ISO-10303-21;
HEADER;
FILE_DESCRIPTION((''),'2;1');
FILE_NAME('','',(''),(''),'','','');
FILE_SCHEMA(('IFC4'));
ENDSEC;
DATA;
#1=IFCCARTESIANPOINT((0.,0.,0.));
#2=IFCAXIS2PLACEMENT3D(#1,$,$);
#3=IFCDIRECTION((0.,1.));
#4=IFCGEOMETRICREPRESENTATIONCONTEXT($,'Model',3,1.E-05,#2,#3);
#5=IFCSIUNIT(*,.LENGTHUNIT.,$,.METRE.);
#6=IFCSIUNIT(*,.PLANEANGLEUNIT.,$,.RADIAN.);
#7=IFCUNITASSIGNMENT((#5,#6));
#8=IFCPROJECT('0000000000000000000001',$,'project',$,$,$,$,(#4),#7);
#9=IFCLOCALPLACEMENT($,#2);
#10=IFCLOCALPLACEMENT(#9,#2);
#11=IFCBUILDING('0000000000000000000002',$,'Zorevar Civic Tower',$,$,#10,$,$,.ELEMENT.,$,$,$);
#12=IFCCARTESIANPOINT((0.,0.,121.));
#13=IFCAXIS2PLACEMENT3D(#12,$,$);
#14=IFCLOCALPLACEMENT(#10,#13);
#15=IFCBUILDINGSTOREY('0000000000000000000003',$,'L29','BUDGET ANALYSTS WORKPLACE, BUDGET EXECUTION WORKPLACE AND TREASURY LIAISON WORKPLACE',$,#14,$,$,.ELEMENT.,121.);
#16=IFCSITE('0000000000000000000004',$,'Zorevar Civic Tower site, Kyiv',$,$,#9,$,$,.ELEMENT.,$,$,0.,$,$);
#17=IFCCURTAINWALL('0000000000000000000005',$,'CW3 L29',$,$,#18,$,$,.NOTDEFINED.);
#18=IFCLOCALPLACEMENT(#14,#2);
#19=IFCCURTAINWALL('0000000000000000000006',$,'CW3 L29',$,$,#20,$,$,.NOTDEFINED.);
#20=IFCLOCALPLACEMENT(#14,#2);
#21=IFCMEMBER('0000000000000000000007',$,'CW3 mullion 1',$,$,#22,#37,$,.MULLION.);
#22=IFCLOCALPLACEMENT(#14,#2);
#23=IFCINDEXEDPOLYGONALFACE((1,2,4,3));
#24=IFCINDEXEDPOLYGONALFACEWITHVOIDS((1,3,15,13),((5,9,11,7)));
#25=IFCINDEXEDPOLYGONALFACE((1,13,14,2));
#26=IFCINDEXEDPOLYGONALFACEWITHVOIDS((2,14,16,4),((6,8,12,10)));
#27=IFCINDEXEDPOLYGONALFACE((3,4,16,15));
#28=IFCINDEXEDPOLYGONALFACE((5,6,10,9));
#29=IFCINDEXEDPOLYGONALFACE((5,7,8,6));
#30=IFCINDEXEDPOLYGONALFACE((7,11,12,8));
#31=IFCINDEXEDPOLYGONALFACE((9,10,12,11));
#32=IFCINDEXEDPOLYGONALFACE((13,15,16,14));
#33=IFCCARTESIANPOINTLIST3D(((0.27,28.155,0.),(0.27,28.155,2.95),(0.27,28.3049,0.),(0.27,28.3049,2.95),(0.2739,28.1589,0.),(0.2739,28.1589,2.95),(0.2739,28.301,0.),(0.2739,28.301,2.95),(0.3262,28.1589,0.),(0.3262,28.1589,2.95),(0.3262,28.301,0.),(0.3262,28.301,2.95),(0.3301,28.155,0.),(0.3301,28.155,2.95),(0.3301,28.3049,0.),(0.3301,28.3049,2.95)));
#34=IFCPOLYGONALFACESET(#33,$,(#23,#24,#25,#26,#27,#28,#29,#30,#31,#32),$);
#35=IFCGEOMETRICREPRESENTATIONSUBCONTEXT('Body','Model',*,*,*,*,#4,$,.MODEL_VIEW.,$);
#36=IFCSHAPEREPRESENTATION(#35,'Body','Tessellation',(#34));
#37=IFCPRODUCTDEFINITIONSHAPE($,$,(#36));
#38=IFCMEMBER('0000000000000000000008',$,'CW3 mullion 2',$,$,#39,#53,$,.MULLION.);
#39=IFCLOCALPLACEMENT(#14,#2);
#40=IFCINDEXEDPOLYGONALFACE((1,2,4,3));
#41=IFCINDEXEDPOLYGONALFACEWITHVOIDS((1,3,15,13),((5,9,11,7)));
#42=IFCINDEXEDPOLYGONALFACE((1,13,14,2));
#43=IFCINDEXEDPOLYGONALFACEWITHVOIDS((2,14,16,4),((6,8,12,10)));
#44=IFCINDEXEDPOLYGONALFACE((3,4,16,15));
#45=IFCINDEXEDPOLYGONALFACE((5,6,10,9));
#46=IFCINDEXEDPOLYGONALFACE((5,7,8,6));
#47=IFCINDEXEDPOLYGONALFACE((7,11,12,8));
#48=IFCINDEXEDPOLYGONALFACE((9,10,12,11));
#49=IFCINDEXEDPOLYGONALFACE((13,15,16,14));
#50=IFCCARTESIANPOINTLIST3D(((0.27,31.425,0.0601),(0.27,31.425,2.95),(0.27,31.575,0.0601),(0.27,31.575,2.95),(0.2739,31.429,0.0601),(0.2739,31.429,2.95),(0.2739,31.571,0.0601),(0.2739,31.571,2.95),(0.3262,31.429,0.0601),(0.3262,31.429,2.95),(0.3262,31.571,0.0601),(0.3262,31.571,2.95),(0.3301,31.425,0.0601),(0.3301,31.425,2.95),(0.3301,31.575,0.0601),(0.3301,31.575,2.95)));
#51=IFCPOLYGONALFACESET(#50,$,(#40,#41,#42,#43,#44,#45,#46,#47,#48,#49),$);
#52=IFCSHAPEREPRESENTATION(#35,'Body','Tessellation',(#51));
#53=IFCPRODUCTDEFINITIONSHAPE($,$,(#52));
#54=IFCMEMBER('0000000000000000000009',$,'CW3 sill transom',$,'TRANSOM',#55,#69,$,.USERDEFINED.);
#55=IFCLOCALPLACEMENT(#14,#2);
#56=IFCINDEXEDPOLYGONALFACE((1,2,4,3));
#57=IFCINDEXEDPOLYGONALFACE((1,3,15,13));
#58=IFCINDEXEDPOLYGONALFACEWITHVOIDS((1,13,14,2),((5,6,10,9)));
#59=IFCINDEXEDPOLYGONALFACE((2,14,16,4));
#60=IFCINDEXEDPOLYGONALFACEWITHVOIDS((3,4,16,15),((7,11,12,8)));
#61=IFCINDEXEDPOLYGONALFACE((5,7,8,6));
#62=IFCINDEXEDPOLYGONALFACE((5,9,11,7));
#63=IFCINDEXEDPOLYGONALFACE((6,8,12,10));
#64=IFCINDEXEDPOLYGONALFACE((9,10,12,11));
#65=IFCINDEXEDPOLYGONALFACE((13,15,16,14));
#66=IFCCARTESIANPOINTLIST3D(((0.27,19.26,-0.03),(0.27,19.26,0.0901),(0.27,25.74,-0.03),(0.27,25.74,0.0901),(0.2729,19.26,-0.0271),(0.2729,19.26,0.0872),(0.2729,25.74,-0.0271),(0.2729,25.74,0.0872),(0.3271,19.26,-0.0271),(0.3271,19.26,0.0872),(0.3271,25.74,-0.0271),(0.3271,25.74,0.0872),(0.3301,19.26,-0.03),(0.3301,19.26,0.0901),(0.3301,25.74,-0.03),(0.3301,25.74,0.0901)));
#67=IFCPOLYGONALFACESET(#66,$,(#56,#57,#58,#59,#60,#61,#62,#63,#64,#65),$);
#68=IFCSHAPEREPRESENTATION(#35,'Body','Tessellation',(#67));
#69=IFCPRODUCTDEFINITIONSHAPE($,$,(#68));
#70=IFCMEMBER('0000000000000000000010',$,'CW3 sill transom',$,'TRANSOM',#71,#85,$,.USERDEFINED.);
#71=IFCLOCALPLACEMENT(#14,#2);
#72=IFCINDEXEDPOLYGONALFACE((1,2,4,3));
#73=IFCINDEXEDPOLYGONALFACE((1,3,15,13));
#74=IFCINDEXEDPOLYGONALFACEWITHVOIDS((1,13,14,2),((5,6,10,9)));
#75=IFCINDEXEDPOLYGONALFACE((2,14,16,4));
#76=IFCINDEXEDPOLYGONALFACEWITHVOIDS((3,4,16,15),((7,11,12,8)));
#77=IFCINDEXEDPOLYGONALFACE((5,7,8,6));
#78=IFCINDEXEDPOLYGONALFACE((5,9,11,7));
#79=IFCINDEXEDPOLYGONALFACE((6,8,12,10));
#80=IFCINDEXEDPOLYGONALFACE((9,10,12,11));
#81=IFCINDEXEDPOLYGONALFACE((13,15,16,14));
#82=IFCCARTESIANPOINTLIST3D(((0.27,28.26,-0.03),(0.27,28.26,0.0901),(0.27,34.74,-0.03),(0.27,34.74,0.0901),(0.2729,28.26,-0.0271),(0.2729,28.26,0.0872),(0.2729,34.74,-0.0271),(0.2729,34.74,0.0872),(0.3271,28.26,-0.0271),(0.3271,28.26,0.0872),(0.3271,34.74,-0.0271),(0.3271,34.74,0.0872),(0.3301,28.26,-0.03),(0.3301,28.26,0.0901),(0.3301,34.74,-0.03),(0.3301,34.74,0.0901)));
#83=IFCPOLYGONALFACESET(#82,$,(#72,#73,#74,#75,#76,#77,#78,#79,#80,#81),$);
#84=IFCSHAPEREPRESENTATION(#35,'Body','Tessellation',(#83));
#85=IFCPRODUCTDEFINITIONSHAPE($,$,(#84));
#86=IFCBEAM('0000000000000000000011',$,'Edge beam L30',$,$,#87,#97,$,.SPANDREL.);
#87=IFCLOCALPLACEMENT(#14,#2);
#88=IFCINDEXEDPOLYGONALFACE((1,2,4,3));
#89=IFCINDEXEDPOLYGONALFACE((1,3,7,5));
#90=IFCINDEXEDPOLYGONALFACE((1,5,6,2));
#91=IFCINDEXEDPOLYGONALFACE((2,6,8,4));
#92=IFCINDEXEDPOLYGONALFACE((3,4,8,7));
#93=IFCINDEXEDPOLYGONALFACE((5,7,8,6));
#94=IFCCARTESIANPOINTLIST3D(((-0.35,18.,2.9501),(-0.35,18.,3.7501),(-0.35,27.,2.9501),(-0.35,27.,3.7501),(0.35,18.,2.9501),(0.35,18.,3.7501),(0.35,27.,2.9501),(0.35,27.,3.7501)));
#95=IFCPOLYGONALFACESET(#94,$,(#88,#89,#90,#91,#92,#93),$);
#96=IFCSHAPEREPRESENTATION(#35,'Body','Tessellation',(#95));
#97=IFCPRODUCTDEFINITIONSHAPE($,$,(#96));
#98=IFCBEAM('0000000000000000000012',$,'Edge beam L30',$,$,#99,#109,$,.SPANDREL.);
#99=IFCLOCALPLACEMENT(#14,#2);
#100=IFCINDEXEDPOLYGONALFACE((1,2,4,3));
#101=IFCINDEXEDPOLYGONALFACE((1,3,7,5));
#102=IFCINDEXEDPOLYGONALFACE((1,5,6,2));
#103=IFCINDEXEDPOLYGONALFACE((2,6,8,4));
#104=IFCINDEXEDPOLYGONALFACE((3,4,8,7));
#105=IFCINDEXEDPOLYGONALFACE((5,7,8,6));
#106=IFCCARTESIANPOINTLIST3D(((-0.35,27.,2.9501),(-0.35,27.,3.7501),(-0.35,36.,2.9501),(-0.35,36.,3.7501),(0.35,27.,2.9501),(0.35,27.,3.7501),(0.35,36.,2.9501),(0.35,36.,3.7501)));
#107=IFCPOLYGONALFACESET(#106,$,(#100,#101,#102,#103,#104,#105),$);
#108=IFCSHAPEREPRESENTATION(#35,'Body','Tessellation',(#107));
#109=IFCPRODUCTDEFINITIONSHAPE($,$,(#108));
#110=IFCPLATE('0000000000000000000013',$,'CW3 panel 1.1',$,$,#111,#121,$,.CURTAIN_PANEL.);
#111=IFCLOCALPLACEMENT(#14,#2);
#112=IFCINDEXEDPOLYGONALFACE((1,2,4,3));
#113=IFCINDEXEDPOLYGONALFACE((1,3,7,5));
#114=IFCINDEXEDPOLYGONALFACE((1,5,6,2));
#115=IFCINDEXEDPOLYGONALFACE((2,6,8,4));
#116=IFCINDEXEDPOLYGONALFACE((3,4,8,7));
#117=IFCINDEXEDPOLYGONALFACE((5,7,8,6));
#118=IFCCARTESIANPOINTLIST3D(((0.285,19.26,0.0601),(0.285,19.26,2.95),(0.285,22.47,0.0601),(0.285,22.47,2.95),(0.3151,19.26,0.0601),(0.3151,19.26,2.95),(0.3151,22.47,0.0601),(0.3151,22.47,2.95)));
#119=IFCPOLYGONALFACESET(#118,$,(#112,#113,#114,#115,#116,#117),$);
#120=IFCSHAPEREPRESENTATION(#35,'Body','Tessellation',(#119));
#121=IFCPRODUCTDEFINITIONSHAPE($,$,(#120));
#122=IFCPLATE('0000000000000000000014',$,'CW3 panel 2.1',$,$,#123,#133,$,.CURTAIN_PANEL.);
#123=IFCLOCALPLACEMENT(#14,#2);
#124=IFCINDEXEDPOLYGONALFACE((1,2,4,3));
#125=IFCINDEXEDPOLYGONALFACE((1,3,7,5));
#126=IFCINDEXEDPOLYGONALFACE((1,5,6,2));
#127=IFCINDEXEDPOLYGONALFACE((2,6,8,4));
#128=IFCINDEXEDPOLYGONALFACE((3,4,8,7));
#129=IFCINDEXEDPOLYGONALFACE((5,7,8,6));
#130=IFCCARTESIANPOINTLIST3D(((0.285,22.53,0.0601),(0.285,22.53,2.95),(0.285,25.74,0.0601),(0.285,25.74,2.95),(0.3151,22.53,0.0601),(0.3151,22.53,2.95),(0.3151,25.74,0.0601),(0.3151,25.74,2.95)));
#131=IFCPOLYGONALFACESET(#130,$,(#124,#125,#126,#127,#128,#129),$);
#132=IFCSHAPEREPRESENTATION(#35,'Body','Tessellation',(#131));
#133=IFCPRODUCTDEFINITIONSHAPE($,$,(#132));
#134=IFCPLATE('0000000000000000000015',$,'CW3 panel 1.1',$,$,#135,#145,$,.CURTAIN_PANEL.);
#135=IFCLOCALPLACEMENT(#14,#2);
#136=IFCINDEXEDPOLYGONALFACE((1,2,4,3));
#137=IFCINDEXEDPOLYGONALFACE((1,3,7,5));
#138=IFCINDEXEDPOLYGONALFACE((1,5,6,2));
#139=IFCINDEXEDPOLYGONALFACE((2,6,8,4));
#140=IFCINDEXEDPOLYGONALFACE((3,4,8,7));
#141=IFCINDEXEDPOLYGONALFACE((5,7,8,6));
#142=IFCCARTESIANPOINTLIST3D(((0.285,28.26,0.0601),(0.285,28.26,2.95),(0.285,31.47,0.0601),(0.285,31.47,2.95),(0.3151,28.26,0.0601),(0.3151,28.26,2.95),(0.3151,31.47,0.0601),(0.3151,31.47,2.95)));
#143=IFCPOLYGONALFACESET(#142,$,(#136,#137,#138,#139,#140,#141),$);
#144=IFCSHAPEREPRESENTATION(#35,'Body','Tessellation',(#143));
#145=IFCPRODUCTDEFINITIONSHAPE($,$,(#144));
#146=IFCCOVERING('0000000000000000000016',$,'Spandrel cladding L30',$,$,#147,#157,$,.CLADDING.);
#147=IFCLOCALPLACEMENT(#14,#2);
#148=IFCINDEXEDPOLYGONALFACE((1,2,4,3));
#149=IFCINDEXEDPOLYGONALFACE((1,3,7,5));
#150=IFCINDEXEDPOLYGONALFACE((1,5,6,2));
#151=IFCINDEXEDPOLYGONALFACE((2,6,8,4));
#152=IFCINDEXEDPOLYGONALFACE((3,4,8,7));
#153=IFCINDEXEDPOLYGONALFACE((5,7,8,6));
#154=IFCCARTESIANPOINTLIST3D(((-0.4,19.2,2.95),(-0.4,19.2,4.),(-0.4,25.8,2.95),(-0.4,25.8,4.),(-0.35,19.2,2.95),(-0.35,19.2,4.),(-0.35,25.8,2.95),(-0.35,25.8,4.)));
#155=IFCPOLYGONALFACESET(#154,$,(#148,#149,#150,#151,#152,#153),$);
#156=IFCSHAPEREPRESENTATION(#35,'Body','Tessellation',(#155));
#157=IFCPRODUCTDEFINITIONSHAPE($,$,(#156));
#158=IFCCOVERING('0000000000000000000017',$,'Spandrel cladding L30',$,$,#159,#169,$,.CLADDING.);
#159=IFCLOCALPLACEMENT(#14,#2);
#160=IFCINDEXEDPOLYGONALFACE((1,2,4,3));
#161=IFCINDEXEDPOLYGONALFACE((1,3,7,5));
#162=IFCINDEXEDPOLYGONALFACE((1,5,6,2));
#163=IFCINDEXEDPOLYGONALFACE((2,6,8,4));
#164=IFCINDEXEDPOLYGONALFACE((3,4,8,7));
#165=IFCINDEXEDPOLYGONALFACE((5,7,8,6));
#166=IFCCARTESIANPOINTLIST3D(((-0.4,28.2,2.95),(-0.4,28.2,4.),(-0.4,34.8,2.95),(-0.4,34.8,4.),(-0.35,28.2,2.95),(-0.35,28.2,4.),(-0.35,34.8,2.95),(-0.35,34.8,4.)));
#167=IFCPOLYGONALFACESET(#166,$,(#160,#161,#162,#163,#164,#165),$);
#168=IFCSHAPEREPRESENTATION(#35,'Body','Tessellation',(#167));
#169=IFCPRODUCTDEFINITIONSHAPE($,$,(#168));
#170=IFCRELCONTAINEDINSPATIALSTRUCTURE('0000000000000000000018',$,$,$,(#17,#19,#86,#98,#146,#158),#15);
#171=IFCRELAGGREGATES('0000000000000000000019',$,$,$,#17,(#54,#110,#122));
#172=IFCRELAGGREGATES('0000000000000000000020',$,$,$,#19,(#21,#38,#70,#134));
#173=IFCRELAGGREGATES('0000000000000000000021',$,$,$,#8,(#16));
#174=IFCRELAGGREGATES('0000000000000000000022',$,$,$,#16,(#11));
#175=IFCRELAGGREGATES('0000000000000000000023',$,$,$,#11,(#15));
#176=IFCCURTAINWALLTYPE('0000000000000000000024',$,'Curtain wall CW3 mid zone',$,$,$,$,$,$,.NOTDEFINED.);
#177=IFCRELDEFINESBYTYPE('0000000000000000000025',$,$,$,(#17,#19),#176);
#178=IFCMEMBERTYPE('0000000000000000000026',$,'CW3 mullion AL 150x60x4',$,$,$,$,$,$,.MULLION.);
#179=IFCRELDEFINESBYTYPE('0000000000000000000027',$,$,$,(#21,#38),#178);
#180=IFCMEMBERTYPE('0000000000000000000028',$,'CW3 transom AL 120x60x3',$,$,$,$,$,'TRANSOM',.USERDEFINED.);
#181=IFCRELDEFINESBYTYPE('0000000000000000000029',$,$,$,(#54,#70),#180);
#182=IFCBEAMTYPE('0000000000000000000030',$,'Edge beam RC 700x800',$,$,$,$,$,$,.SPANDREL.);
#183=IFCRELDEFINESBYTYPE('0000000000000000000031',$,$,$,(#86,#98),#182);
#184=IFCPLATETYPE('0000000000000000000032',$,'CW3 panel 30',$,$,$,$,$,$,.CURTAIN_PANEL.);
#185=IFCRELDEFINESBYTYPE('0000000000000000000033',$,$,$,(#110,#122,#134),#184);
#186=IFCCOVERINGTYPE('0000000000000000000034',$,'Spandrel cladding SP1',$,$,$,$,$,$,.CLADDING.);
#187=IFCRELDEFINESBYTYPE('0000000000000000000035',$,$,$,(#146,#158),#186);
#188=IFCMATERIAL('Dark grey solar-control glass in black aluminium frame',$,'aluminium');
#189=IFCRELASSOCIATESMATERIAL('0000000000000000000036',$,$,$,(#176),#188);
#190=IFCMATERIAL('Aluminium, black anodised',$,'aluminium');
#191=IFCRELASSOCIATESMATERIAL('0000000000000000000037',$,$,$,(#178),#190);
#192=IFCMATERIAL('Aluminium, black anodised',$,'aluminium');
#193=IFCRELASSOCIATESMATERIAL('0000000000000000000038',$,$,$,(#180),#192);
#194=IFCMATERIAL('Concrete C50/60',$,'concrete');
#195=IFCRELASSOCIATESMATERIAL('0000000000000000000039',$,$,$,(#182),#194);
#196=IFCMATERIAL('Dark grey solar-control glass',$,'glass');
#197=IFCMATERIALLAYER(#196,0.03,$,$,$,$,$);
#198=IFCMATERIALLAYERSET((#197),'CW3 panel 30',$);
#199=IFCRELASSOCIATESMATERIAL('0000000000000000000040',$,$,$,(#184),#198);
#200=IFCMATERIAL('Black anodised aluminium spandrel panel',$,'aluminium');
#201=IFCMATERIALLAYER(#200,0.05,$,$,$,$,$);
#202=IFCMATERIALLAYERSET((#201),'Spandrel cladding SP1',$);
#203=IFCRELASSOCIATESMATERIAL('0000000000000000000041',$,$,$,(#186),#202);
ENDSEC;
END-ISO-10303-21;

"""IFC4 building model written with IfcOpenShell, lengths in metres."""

from ifc_helpers import new_model, si_unit, direction, frame, frame_2d, origin, origin_2d, place, context, subcontext, project, spatial, rectangle, hollow_rectangle, extrude, material, layer, layer_set, material_profile, profile_set, type_object, element, aggregate, save


model = new_model("IFC4")

# Units and contexts
model_context = context("Model", 3, precision=1e-05, world=origin(), true_north=direction((0.0, 1.0)))
body_context = subcontext(model_context, "Body", "Model", "MODEL_VIEW")
ifc_project = project(units=[si_unit("LENGTHUNIT", "METRE"), si_unit("PLANEANGLEUNIT", "RADIAN")], contexts=[model_context])

# Site, building, storey
site_placement = place(None, origin())
site = spatial("IfcSite", under=ifc_project, at=site_placement, Name="Zorevar Civic Tower site, Kyiv", CompositionType="ELEMENT", RefElevation=0.0)
building_placement = place(site_placement, origin())
building = spatial("IfcBuilding", under=site, at=building_placement, Name="Zorevar Civic Tower", CompositionType="ELEMENT")
storey_placement = place(building_placement, frame((0.0, 0.0, 121.0)))
storey = spatial("IfcBuildingStorey", under=building, at=storey_placement, Name="L29", Description="BUDGET ANALYSTS WORKPLACE, BUDGET EXECUTION WORKPLACE AND TREASURY LIAISON WORKPLACE", CompositionType="ELEMENT", Elevation=121.0)

# Curtain walls, members
ifc_material_1 = material(Name="Dark grey solar-control glass in black aluminium frame", Category="aluminium")
curtain_wall_type = type_object("IfcCurtainWallType", Name="Curtain wall CW3 mid zone", PredefinedType="NOTDEFINED", material=ifc_material_1)
curtain_wall_1_placement = place(storey_placement, origin())
curtain_wall_1 = element("IfcCurtainWall", 1, at=curtain_wall_1_placement, inside=storey, type_object=curtain_wall_type, Name="CW3 L29", PredefinedType="NOTDEFINED")
ifc_material_2 = material(Name="Aluminium, black anodised", Category="aluminium")
ifc_material_profile_1 = material_profile(ifc_material_2, hollow_rectangle(XDim=0.0601, YDim=0.1499, WallThickness=0.0039, at=origin_2d()), Name="AL 150x60x4")
ifc_profile_set_1 = profile_set([ifc_material_profile_1], Name="Aluminium, black anodised")
member_type_1 = type_object("IfcMemberType", Name="CW3 mullion AL 150x60x4", PredefinedType="MULLION", material=ifc_profile_set_1)
curtain_wall_2_placement = place(storey_placement, origin())
curtain_wall_2 = element("IfcCurtainWall", 2, at=curtain_wall_2_placement, inside=storey, type_object=curtain_wall_type, Name="CW3 L29", PredefinedType="NOTDEFINED")
member_1_placement = place(storey_placement, frame((0.3, 28.23, 0.0), z_axis=(0.0, 0.0, 1.0), x_axis=(-1.0, 0.0, 0.0)))
member_1 = element("IfcMember", 3, at=member_1_placement, type_object=member_type_1, Name="CW3 mullion 1", PredefinedType="MULLION", context=body_context, shape_type="SweptSolid", body=[
    extrude(hollow_rectangle(XDim=0.0601, YDim=0.1499, WallThickness=0.0039, at=origin_2d()), origin(), (0.0, 0.0, 1.0), 2.95),
])
member_2_placement = place(storey_placement, frame((0.3, 31.5, 0.0601), z_axis=(0.0, 0.0, 1.0), x_axis=(-1.0, 0.0, 0.0)))
member_2 = element("IfcMember", 4, at=member_2_placement, type_object=member_type_1, Name="CW3 mullion 2", PredefinedType="MULLION", context=body_context, shape_type="SweptSolid", body=[
    extrude(hollow_rectangle(XDim=0.0601, YDim=0.1499, WallThickness=0.0039, at=origin_2d()), origin(), (0.0, 0.0, 1.0), 2.8899),
])

# Members
ifc_material_3 = material(Name="Aluminium, black anodised", Category="aluminium")
ifc_material_profile_2 = material_profile(ifc_material_3, hollow_rectangle(XDim=0.0601, YDim=0.1201, WallThickness=0.0029, at=origin_2d()), Name="AL 120x60x3")
ifc_profile_set_2 = profile_set([ifc_material_profile_2], Name="Aluminium, black anodised")
member_type_2 = type_object("IfcMemberType", Name="CW3 transom AL 120x60x3", ElementType="TRANSOM", PredefinedType="USERDEFINED", material=ifc_profile_set_2)
member_3_placement = place(storey_placement, frame((0.3, 19.26, 0.03), z_axis=(0.0, 1.0, 0.0), x_axis=(-1.0, 0.0, 0.0)))
member_3 = element("IfcMember", 5, at=member_3_placement, type_object=member_type_2, Name="CW3 sill transom", ObjectType="TRANSOM", PredefinedType="USERDEFINED", context=body_context, shape_type="SweptSolid", body=[
    extrude(hollow_rectangle(XDim=0.0601, YDim=0.1201, WallThickness=0.0029, at=origin_2d()), origin(), (0.0, 0.0, 1.0), 6.48),
])
member_4_placement = place(storey_placement, frame((0.3, 28.26, 0.03), z_axis=(0.0, 1.0, 0.0), x_axis=(-1.0, 0.0, 0.0)))
member_4 = element("IfcMember", 6, at=member_4_placement, type_object=member_type_2, Name="CW3 sill transom", ObjectType="TRANSOM", PredefinedType="USERDEFINED", context=body_context, shape_type="SweptSolid", body=[
    extrude(hollow_rectangle(XDim=0.0601, YDim=0.1201, WallThickness=0.0029, at=origin_2d()), origin(), (0.0, 0.0, 1.0), 6.48),
])

# Beams
ifc_material_4 = material(Name="Concrete C50/60", Category="concrete")
ifc_material_profile_3 = material_profile(ifc_material_4, rectangle(XDim=0.7, YDim=0.8, at=origin_2d()), Name="RC 700x800")
ifc_profile_set_3 = profile_set([ifc_material_profile_3], Name="Concrete C50/60")
beam_type_1 = type_object("IfcBeamType", Name="Edge beam RC 700x800", PredefinedType="SPANDREL", material=ifc_profile_set_3)
for number, where, z_axis, x_axis, name in (
    (7, (0.0, 18.0, 3.3501), (0.0, 1.0, 0.0), (-1.0, 0.0, 0.0), "Edge beam L30"),
    (8, (0.0, 27.0, 3.3501), (0.0, 1.0, 0.0), (-1.0, 0.0, 0.0), "Edge beam L30"),
):
    element("IfcBeam", number, at=place(storey_placement, frame(where, z_axis=z_axis, x_axis=x_axis)), inside=storey, type_object=beam_type_1, Name=name, PredefinedType="SPANDREL", context=body_context, shape_type="SweptSolid", body=[
        extrude(rectangle(XDim=0.7, YDim=0.8, at=origin_2d()), origin(), (0.0, 0.0, 1.0), 9.0),
    ])

# Plates
ifc_material_5 = material(Name="Dark grey solar-control glass", Category="glass")
ifc_layer_1 = layer(ifc_material_5, 0.03)
ifc_layer_set_1 = layer_set([ifc_layer_1], Name="CW3 panel 30")
plate_type = type_object("IfcPlateType", Name="CW3 panel 30", PredefinedType="CURTAIN_PANEL", material=ifc_layer_set_1)
plate_1_placement = place(storey_placement, frame((0.3, 20.865, 0.0601), z_axis=(0.0, 0.0, 1.0), x_axis=(0.0, 1.0, 0.0)))
plate_1 = element("IfcPlate", 9, at=plate_1_placement, type_object=plate_type, Name="CW3 panel 1.1", PredefinedType="CURTAIN_PANEL", context=body_context, shape_type="SweptSolid", body=[
    extrude(rectangle(XDim=3.21, YDim=0.03, at=origin_2d()), origin(), (0.0, 0.0, 1.0), 2.8899),
])
plate_2_placement = place(storey_placement, frame((0.3, 24.135, 0.0601), z_axis=(0.0, 0.0, 1.0), x_axis=(0.0, 1.0, 0.0)))
plate_2 = element("IfcPlate", 10, at=plate_2_placement, type_object=plate_type, Name="CW3 panel 2.1", PredefinedType="CURTAIN_PANEL", context=body_context, shape_type="SweptSolid", body=[
    extrude(rectangle(XDim=3.21, YDim=0.03, at=origin_2d()), origin(), (0.0, 0.0, 1.0), 2.8899),
])
aggregate(curtain_wall_1, [member_3, plate_1, plate_2])
plate_3_placement = place(storey_placement, frame((0.3, 29.865, 0.0601), z_axis=(0.0, 0.0, 1.0), x_axis=(0.0, 1.0, 0.0)))
plate_3 = element("IfcPlate", 11, at=plate_3_placement, type_object=plate_type, Name="CW3 panel 1.1", PredefinedType="CURTAIN_PANEL", context=body_context, shape_type="SweptSolid", body=[
    extrude(rectangle(XDim=3.21, YDim=0.03, at=origin_2d()), origin(), (0.0, 0.0, 1.0), 2.8899),
])
aggregate(curtain_wall_2, [member_1, member_2, member_4, plate_3])

# Coverings
ifc_material_6 = material(Name="Black anodised aluminium spandrel panel", Category="aluminium")
ifc_layer_2 = layer(ifc_material_6, 0.05)
ifc_layer_set_2 = layer_set([ifc_layer_2], Name="Spandrel cladding SP1")
covering_type = type_object("IfcCoveringType", Name="Spandrel cladding SP1", PredefinedType="CLADDING", material=ifc_layer_set_2)
for number, where, z_axis, x_axis, name in (
    (12, (-0.375, 19.2, 2.95), (0.0, 0.0, 1.0), (0.0, 1.0, 0.0), "Spandrel cladding L30"),
    (13, (-0.375, 28.2, 2.95), (0.0, 0.0, 1.0), (0.0, 1.0, 0.0), "Spandrel cladding L30"),
):
    element("IfcCovering", number, at=place(storey_placement, frame(where, z_axis=z_axis, x_axis=x_axis)), inside=storey, type_object=covering_type, Name=name, PredefinedType="CLADDING", context=body_context, shape_type="SweptSolid", body=[
        extrude(rectangle(XDim=6.6001, YDim=0.05, at=frame_2d((3.3, 0.0))), origin(), (0.0, 0.0, 1.0), 1.05),
    ])

save(model, "model.ifc")
